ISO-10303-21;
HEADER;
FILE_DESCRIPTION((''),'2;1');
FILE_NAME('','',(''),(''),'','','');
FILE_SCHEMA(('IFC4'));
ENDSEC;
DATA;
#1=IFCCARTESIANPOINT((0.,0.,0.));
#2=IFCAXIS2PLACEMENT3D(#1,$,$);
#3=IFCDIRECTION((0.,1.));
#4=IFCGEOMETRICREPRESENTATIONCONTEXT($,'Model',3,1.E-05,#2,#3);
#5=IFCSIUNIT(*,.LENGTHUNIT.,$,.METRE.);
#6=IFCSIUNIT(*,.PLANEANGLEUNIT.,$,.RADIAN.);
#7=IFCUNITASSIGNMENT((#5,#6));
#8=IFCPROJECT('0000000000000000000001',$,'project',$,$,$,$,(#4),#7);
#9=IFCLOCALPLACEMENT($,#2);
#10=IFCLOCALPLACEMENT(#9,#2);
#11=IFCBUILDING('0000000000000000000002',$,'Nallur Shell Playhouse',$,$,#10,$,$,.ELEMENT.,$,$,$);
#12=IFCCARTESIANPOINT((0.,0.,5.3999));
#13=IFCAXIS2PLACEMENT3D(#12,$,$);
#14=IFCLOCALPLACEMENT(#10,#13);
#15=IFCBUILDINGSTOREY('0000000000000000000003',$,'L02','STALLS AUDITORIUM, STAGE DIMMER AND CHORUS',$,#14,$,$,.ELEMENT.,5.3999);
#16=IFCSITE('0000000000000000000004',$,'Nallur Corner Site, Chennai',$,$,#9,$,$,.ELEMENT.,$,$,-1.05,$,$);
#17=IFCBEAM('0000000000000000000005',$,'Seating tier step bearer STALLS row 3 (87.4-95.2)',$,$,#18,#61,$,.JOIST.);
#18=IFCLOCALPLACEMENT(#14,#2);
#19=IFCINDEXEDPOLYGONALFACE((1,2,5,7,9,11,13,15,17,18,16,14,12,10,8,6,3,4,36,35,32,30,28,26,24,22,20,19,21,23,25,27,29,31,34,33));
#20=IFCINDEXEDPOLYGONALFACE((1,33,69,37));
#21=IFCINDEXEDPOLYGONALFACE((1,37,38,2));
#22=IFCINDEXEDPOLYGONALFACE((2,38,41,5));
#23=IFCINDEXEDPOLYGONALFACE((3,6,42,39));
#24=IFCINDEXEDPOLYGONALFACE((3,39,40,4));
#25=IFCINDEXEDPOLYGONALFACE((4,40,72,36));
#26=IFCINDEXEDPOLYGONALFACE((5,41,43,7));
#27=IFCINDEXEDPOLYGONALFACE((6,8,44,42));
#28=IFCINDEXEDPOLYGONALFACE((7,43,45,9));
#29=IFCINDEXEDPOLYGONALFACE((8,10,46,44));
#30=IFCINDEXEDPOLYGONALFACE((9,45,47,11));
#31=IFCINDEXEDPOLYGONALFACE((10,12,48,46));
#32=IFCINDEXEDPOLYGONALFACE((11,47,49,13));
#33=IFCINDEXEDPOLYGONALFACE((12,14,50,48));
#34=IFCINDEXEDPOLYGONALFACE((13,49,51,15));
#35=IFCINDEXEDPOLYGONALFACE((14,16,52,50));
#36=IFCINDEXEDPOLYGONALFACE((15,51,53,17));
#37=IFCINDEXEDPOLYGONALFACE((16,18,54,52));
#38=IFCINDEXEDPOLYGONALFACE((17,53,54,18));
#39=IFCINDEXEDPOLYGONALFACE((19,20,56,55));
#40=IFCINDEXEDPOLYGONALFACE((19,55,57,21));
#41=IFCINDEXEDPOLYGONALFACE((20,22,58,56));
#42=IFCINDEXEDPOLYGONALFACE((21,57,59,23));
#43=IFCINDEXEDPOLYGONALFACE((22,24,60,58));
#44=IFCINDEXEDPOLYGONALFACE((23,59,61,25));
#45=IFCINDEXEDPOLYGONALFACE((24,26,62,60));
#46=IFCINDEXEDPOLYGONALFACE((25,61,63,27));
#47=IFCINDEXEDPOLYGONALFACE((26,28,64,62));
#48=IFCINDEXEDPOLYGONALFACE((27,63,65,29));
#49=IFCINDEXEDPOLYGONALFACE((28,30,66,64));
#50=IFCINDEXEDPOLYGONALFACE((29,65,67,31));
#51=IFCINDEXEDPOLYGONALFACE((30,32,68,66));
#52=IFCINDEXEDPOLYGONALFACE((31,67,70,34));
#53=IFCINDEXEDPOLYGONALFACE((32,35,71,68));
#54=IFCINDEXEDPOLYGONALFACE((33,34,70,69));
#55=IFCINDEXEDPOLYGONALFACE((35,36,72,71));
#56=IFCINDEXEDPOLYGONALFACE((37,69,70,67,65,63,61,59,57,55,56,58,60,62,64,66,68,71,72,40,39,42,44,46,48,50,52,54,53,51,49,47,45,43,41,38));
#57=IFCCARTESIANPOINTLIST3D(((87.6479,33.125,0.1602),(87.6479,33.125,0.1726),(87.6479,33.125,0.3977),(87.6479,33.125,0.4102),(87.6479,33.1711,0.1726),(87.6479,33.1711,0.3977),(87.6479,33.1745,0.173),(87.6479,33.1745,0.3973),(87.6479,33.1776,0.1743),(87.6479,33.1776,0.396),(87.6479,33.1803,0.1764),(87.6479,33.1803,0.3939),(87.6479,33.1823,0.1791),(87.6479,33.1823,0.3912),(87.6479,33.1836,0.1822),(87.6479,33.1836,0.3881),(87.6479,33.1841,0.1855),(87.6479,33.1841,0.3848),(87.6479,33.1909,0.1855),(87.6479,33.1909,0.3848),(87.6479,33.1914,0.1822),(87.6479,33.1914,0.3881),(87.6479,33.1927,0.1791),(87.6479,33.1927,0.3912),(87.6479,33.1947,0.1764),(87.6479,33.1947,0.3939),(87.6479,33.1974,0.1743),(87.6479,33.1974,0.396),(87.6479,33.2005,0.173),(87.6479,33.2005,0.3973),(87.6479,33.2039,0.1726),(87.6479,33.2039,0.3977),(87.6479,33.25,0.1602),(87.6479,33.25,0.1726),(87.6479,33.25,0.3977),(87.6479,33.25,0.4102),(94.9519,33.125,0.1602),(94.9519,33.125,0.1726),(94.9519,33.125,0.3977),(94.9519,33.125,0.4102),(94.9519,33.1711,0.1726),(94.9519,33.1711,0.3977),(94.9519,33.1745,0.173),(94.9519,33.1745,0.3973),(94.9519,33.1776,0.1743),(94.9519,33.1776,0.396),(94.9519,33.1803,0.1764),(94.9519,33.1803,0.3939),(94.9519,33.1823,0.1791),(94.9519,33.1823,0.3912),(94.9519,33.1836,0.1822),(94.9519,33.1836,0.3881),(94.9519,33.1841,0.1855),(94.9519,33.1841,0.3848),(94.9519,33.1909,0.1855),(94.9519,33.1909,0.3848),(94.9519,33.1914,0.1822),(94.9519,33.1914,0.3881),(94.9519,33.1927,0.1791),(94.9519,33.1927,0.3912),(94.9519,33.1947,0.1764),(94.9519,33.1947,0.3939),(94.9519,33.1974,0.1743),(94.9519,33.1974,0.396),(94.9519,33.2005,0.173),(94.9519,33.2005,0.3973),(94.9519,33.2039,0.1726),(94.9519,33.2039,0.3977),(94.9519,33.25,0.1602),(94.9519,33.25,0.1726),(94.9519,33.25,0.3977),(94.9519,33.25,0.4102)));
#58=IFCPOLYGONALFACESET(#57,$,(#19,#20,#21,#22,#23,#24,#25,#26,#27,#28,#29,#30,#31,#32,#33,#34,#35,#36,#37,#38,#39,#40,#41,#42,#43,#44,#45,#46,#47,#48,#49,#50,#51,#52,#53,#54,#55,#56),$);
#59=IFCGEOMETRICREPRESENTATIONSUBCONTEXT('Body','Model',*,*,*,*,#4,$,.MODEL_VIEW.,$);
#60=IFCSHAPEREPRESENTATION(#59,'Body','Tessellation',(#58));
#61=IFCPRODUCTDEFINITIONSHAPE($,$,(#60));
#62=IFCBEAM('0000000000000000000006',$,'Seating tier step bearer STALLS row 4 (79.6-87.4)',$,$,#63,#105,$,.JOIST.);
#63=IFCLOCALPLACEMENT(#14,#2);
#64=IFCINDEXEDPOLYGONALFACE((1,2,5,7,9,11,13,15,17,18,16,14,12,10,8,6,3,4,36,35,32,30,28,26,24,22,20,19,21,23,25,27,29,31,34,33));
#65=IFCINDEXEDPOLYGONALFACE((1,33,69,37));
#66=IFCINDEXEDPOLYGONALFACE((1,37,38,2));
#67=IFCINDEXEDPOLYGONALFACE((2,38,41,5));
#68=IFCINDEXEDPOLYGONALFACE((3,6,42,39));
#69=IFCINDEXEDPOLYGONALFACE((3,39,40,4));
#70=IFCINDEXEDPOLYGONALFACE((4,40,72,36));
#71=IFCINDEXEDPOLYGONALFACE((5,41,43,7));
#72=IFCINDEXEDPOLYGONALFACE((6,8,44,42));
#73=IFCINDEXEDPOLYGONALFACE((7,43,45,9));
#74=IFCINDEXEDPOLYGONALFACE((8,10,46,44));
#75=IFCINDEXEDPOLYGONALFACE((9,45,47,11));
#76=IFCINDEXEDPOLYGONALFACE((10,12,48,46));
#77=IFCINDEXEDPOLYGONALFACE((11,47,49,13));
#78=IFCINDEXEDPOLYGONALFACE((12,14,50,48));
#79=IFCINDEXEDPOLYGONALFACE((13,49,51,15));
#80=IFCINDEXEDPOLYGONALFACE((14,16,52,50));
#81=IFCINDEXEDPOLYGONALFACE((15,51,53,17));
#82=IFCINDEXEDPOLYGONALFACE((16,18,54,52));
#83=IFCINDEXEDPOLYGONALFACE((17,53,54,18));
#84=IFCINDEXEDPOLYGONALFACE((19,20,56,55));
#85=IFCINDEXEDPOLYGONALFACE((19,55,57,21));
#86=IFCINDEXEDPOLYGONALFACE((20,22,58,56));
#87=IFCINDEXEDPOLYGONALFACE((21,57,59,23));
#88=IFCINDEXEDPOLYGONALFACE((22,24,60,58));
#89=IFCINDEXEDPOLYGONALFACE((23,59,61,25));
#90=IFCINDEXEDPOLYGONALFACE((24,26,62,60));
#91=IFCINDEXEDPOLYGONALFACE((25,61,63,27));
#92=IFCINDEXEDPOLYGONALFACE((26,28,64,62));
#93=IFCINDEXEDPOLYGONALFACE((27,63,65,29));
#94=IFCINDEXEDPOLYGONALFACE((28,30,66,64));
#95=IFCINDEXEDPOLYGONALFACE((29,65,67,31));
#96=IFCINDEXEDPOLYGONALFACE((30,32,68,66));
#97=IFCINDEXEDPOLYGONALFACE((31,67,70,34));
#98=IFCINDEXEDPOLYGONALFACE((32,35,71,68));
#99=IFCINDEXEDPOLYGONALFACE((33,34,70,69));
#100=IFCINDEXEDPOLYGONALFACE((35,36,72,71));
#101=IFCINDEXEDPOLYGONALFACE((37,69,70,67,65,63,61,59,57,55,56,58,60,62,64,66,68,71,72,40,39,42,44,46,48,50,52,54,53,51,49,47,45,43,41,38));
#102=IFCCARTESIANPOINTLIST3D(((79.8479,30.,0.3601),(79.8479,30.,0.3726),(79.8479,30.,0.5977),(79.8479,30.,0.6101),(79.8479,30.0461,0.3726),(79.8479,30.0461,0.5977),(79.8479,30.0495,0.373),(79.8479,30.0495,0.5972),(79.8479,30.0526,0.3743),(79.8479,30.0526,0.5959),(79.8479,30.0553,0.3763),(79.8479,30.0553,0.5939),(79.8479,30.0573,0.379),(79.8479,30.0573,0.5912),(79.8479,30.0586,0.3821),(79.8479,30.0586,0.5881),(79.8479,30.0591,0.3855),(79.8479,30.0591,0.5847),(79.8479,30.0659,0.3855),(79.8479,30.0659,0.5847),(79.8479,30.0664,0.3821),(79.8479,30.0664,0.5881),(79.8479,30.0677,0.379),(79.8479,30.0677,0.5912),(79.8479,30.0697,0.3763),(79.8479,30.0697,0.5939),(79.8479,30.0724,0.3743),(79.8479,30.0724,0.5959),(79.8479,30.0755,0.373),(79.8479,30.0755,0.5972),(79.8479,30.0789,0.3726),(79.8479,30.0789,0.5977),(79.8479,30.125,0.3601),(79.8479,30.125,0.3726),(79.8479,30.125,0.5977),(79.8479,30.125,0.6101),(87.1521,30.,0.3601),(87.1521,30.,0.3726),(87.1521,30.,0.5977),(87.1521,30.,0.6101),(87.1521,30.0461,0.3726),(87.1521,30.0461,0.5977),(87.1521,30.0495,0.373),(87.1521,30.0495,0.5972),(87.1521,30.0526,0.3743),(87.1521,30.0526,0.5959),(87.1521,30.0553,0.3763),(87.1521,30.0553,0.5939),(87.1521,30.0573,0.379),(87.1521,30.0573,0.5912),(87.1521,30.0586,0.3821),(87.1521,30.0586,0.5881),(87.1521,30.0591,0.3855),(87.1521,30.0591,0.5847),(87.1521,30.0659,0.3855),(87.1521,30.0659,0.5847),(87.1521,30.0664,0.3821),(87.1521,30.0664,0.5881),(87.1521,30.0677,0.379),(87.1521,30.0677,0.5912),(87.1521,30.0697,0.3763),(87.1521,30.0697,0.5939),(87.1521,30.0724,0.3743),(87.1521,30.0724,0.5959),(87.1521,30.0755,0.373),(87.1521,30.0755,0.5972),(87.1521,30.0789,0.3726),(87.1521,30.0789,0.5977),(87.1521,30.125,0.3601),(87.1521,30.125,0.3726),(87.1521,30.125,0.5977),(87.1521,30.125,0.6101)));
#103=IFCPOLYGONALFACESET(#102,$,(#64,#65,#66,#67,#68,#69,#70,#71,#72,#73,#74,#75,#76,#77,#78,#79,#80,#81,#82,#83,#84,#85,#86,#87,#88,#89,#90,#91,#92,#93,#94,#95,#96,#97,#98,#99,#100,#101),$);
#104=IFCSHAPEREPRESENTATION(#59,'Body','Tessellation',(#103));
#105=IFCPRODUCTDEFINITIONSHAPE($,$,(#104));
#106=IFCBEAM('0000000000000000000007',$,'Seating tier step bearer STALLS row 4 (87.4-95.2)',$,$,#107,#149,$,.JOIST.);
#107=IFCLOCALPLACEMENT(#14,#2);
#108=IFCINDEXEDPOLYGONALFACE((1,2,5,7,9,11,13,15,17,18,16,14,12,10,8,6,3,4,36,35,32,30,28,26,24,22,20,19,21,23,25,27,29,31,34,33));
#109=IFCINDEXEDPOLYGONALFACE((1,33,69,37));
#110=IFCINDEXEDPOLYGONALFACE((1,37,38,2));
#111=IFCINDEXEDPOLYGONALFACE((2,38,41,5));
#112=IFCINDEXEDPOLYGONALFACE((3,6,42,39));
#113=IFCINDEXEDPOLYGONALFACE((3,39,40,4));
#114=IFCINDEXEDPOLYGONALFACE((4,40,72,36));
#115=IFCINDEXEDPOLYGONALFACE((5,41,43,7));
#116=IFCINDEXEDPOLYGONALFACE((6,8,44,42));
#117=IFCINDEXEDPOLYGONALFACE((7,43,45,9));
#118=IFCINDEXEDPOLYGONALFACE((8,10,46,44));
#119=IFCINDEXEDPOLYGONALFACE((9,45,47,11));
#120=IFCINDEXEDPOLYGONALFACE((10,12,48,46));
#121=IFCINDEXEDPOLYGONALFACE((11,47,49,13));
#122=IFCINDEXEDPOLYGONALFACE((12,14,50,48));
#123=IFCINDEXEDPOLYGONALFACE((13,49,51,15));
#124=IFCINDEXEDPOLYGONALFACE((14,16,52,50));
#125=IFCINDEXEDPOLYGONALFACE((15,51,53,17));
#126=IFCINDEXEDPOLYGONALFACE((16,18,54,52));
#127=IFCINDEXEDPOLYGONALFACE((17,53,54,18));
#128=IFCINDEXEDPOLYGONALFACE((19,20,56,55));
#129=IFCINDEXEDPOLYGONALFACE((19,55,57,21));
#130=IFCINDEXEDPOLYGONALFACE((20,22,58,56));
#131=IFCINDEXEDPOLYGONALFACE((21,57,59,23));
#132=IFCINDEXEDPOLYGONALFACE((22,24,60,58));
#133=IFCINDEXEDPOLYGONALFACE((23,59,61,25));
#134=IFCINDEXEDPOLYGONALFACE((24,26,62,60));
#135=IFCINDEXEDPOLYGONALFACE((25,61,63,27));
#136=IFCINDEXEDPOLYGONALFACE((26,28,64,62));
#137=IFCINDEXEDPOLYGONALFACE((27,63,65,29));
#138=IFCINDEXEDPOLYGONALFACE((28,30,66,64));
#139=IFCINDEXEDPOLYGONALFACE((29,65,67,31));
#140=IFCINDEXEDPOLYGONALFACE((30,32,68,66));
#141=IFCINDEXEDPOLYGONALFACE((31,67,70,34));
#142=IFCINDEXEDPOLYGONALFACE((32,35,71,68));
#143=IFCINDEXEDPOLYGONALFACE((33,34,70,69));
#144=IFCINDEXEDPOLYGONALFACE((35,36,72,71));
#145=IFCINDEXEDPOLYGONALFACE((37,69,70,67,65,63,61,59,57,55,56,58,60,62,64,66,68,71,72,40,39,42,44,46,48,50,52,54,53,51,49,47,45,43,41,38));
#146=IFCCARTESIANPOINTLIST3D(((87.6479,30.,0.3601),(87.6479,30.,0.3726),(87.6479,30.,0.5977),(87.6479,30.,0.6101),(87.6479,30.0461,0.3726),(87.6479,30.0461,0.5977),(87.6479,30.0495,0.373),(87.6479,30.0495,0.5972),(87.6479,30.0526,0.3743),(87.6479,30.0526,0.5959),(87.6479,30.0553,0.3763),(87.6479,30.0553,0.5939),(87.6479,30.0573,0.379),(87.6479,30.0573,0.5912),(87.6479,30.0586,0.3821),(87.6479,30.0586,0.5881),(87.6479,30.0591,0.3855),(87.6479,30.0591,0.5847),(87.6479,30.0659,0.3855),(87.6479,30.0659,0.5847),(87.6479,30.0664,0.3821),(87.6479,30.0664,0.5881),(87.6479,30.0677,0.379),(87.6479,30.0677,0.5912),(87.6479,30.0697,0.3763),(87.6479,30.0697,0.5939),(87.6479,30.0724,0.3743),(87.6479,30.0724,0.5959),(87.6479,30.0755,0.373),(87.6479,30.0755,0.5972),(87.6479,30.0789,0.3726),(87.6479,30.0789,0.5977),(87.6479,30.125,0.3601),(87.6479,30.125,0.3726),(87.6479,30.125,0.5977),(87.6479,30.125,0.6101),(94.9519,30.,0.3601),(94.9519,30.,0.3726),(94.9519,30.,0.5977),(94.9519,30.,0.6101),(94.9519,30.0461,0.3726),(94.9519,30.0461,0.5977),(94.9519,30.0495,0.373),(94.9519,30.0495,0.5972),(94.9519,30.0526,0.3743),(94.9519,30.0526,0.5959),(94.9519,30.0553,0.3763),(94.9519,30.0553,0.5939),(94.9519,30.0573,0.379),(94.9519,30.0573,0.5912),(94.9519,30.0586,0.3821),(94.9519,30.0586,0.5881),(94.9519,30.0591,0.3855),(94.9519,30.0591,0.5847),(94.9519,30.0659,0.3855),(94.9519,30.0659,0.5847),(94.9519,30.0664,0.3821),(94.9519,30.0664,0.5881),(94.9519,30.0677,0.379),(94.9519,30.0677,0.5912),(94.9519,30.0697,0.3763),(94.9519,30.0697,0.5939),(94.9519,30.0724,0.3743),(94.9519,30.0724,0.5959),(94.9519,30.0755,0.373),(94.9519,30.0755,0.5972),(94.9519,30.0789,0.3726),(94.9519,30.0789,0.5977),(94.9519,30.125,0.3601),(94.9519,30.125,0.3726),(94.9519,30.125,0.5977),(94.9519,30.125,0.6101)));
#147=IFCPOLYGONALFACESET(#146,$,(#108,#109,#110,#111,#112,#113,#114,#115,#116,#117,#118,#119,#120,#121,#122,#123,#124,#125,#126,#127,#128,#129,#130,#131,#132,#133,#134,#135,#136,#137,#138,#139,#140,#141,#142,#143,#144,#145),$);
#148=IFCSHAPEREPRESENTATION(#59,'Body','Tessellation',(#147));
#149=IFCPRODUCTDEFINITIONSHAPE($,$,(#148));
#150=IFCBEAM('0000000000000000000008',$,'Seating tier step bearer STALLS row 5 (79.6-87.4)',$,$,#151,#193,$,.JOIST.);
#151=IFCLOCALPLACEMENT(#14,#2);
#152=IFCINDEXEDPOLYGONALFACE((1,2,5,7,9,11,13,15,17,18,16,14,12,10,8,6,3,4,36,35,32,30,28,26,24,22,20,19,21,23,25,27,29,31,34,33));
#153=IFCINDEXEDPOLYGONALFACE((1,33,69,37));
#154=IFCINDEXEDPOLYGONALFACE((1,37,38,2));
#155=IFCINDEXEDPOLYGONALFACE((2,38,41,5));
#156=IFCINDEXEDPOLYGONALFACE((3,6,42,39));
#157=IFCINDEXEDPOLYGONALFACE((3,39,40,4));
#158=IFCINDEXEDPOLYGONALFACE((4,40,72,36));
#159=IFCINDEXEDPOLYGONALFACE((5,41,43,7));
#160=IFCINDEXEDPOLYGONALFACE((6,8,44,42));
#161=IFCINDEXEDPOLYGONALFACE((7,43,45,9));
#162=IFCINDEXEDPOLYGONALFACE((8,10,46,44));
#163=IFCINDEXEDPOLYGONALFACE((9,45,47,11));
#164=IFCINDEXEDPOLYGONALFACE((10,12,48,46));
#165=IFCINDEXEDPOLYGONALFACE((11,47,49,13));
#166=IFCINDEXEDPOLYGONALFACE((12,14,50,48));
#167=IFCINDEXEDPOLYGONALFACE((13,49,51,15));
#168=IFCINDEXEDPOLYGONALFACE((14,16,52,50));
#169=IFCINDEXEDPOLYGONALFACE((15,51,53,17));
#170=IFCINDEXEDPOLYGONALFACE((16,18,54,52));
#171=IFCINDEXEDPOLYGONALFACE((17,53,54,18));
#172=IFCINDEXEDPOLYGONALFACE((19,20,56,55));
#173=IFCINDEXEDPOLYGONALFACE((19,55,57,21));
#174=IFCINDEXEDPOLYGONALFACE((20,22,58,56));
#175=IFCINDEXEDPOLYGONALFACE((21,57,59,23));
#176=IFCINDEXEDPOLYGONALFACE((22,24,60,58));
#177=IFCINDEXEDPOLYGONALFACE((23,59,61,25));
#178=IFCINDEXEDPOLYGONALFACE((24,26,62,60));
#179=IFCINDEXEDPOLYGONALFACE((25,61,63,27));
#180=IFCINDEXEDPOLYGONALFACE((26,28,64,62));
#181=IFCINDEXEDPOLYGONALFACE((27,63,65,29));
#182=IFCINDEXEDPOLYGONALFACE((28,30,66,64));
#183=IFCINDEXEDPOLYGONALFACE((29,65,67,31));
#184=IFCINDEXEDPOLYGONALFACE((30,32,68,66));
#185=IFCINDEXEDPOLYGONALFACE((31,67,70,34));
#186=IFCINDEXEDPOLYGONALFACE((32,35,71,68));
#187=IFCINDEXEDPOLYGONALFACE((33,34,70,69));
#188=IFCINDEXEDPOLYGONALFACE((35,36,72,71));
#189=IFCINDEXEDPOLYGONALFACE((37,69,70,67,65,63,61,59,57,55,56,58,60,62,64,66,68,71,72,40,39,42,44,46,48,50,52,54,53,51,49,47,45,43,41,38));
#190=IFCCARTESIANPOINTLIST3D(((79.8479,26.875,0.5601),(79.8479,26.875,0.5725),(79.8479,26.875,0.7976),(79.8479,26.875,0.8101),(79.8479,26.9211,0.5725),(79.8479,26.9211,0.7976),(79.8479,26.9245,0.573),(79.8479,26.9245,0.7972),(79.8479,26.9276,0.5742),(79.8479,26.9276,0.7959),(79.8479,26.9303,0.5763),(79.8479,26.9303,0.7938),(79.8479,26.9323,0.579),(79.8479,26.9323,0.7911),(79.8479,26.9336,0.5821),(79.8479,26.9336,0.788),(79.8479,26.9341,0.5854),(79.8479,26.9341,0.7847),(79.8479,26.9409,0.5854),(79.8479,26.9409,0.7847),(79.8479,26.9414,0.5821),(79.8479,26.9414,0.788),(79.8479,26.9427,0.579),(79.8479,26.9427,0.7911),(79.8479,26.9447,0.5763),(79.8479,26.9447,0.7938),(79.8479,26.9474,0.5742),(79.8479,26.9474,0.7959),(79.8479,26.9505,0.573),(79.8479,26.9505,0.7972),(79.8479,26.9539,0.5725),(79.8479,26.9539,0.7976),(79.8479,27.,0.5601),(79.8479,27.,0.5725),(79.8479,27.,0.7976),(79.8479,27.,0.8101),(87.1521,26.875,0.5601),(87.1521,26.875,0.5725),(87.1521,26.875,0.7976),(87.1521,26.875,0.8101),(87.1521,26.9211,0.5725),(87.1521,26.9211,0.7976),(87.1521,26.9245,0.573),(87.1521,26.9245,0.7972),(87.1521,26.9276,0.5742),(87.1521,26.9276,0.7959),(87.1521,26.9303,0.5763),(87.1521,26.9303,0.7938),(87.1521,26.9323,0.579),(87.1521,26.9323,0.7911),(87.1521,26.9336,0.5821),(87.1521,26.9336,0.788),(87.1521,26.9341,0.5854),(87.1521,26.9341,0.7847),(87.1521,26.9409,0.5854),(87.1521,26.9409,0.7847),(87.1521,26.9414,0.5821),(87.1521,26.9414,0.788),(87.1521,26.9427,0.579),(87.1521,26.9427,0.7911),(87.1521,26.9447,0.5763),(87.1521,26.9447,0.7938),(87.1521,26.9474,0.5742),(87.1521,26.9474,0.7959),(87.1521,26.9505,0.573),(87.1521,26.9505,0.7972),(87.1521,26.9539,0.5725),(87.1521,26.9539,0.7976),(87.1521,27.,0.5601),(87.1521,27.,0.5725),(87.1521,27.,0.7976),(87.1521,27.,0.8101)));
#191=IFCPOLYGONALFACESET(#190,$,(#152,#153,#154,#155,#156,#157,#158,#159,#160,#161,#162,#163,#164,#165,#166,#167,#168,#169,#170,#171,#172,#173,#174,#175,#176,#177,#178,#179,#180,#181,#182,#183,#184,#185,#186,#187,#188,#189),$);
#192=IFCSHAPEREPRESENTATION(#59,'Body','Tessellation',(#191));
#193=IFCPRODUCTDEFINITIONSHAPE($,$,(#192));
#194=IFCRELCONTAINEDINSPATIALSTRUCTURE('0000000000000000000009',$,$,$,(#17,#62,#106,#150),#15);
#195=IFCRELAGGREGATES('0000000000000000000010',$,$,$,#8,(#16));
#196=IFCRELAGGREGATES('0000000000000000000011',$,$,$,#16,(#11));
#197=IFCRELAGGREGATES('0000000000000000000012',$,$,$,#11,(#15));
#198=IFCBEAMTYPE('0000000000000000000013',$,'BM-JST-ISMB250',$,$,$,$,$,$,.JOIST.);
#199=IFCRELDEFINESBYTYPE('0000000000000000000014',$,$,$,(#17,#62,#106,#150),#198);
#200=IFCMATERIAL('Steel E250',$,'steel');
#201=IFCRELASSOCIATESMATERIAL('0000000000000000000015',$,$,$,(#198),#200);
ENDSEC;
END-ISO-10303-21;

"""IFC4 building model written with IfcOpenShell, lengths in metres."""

from ifc_helpers import new_model, si_unit, direction, frame, origin, origin_2d, place, context, subcontext, project, spatial, i_section, extrude, material, material_profile, profile_set, type_object, element, save


model = new_model("IFC4")

# Units and contexts
model_context = context("Model", 3, precision=1e-05, world=origin(), true_north=direction((0.0, 1.0)))
body_context = subcontext(model_context, "Body", "Model", "MODEL_VIEW")
ifc_project = project(units=[si_unit("LENGTHUNIT", "METRE"), si_unit("PLANEANGLEUNIT", "RADIAN")], contexts=[model_context])

# Site, building, storey
site_placement = place(None, origin())
site = spatial("IfcSite", under=ifc_project, at=site_placement, Name="Nallur Corner Site, Chennai", CompositionType="ELEMENT", RefElevation=-1.05)
building_placement = place(site_placement, origin())
building = spatial("IfcBuilding", under=site, at=building_placement, Name="Nallur Shell Playhouse", CompositionType="ELEMENT")
storey_placement = place(building_placement, frame((0.0, 0.0, 5.3999)))
storey = spatial("IfcBuildingStorey", under=building, at=storey_placement, Name="L02", Description="STALLS AUDITORIUM, STAGE DIMMER AND CHORUS", CompositionType="ELEMENT", Elevation=5.3999)

# Beams
ifc_material_1 = material(Name="Steel E250", Category="steel")
ifc_material_profile_1 = material_profile(ifc_material_1, i_section(OverallWidth=0.125, OverallDepth=0.25, WebThickness=0.0068, FlangeThickness=0.0125, FilletRadius=0.0129, at=origin_2d()), Name="ISMB 250")
ifc_profile_set_1 = profile_set([ifc_material_profile_1], Name="Steel E250")
beam_type_1 = type_object("IfcBeamType", Name="BM-JST-ISMB250", PredefinedType="JOIST", material=ifc_profile_set_1)
beam_1_placement = place(storey_placement, frame((87.6479, 33.1875, 0.2852), z_axis=(1.0, 0.0, 0.0), x_axis=(0.0, 1.0, 0.0)))
element("IfcBeam", 1, at=beam_1_placement, inside=storey, type_object=beam_type_1, Name="Seating tier step bearer STALLS row 3 (87.4-95.2)", PredefinedType="JOIST", context=body_context, shape_type="SweptSolid", body=[
    extrude(i_section(OverallWidth=0.125, OverallDepth=0.25, WebThickness=0.0068, FlangeThickness=0.0125, FilletRadius=0.0129, at=origin_2d()), origin(), (0.0, 0.0, 1.0), 7.304),
])
beam_2_placement = place(storey_placement, frame((79.8479, 30.0625, 0.4851), z_axis=(1.0, 0.0, 0.0), x_axis=(0.0, 1.0, 0.0)))
element("IfcBeam", 2, at=beam_2_placement, inside=storey, type_object=beam_type_1, Name="Seating tier step bearer STALLS row 4 (79.6-87.4)", PredefinedType="JOIST", context=body_context, shape_type="SweptSolid", body=[
    extrude(i_section(OverallWidth=0.125, OverallDepth=0.25, WebThickness=0.0068, FlangeThickness=0.0125, FilletRadius=0.0129, at=origin_2d()), origin(), (0.0, 0.0, 1.0), 7.3042),
])
beam_3_placement = place(storey_placement, frame((87.6479, 30.0625, 0.4851), z_axis=(1.0, 0.0, 0.0), x_axis=(0.0, 1.0, 0.0)))
element("IfcBeam", 3, at=beam_3_placement, inside=storey, type_object=beam_type_1, Name="Seating tier step bearer STALLS row 4 (87.4-95.2)", PredefinedType="JOIST", context=body_context, shape_type="SweptSolid", body=[
    extrude(i_section(OverallWidth=0.125, OverallDepth=0.25, WebThickness=0.0068, FlangeThickness=0.0125, FilletRadius=0.0129, at=origin_2d()), origin(), (0.0, 0.0, 1.0), 7.304),
])
beam_4_placement = place(storey_placement, frame((79.8479, 26.9375, 0.6851), z_axis=(1.0, 0.0, 0.0), x_axis=(0.0, 1.0, 0.0)))
element("IfcBeam", 4, at=beam_4_placement, inside=storey, type_object=beam_type_1, Name="Seating tier step bearer STALLS row 5 (79.6-87.4)", PredefinedType="JOIST", context=body_context, shape_type="SweptSolid", body=[
    extrude(i_section(OverallWidth=0.125, OverallDepth=0.25, WebThickness=0.0068, FlangeThickness=0.0125, FilletRadius=0.0129, at=origin_2d()), origin(), (0.0, 0.0, 1.0), 7.3042),
])

save(model, "model.ifc")
